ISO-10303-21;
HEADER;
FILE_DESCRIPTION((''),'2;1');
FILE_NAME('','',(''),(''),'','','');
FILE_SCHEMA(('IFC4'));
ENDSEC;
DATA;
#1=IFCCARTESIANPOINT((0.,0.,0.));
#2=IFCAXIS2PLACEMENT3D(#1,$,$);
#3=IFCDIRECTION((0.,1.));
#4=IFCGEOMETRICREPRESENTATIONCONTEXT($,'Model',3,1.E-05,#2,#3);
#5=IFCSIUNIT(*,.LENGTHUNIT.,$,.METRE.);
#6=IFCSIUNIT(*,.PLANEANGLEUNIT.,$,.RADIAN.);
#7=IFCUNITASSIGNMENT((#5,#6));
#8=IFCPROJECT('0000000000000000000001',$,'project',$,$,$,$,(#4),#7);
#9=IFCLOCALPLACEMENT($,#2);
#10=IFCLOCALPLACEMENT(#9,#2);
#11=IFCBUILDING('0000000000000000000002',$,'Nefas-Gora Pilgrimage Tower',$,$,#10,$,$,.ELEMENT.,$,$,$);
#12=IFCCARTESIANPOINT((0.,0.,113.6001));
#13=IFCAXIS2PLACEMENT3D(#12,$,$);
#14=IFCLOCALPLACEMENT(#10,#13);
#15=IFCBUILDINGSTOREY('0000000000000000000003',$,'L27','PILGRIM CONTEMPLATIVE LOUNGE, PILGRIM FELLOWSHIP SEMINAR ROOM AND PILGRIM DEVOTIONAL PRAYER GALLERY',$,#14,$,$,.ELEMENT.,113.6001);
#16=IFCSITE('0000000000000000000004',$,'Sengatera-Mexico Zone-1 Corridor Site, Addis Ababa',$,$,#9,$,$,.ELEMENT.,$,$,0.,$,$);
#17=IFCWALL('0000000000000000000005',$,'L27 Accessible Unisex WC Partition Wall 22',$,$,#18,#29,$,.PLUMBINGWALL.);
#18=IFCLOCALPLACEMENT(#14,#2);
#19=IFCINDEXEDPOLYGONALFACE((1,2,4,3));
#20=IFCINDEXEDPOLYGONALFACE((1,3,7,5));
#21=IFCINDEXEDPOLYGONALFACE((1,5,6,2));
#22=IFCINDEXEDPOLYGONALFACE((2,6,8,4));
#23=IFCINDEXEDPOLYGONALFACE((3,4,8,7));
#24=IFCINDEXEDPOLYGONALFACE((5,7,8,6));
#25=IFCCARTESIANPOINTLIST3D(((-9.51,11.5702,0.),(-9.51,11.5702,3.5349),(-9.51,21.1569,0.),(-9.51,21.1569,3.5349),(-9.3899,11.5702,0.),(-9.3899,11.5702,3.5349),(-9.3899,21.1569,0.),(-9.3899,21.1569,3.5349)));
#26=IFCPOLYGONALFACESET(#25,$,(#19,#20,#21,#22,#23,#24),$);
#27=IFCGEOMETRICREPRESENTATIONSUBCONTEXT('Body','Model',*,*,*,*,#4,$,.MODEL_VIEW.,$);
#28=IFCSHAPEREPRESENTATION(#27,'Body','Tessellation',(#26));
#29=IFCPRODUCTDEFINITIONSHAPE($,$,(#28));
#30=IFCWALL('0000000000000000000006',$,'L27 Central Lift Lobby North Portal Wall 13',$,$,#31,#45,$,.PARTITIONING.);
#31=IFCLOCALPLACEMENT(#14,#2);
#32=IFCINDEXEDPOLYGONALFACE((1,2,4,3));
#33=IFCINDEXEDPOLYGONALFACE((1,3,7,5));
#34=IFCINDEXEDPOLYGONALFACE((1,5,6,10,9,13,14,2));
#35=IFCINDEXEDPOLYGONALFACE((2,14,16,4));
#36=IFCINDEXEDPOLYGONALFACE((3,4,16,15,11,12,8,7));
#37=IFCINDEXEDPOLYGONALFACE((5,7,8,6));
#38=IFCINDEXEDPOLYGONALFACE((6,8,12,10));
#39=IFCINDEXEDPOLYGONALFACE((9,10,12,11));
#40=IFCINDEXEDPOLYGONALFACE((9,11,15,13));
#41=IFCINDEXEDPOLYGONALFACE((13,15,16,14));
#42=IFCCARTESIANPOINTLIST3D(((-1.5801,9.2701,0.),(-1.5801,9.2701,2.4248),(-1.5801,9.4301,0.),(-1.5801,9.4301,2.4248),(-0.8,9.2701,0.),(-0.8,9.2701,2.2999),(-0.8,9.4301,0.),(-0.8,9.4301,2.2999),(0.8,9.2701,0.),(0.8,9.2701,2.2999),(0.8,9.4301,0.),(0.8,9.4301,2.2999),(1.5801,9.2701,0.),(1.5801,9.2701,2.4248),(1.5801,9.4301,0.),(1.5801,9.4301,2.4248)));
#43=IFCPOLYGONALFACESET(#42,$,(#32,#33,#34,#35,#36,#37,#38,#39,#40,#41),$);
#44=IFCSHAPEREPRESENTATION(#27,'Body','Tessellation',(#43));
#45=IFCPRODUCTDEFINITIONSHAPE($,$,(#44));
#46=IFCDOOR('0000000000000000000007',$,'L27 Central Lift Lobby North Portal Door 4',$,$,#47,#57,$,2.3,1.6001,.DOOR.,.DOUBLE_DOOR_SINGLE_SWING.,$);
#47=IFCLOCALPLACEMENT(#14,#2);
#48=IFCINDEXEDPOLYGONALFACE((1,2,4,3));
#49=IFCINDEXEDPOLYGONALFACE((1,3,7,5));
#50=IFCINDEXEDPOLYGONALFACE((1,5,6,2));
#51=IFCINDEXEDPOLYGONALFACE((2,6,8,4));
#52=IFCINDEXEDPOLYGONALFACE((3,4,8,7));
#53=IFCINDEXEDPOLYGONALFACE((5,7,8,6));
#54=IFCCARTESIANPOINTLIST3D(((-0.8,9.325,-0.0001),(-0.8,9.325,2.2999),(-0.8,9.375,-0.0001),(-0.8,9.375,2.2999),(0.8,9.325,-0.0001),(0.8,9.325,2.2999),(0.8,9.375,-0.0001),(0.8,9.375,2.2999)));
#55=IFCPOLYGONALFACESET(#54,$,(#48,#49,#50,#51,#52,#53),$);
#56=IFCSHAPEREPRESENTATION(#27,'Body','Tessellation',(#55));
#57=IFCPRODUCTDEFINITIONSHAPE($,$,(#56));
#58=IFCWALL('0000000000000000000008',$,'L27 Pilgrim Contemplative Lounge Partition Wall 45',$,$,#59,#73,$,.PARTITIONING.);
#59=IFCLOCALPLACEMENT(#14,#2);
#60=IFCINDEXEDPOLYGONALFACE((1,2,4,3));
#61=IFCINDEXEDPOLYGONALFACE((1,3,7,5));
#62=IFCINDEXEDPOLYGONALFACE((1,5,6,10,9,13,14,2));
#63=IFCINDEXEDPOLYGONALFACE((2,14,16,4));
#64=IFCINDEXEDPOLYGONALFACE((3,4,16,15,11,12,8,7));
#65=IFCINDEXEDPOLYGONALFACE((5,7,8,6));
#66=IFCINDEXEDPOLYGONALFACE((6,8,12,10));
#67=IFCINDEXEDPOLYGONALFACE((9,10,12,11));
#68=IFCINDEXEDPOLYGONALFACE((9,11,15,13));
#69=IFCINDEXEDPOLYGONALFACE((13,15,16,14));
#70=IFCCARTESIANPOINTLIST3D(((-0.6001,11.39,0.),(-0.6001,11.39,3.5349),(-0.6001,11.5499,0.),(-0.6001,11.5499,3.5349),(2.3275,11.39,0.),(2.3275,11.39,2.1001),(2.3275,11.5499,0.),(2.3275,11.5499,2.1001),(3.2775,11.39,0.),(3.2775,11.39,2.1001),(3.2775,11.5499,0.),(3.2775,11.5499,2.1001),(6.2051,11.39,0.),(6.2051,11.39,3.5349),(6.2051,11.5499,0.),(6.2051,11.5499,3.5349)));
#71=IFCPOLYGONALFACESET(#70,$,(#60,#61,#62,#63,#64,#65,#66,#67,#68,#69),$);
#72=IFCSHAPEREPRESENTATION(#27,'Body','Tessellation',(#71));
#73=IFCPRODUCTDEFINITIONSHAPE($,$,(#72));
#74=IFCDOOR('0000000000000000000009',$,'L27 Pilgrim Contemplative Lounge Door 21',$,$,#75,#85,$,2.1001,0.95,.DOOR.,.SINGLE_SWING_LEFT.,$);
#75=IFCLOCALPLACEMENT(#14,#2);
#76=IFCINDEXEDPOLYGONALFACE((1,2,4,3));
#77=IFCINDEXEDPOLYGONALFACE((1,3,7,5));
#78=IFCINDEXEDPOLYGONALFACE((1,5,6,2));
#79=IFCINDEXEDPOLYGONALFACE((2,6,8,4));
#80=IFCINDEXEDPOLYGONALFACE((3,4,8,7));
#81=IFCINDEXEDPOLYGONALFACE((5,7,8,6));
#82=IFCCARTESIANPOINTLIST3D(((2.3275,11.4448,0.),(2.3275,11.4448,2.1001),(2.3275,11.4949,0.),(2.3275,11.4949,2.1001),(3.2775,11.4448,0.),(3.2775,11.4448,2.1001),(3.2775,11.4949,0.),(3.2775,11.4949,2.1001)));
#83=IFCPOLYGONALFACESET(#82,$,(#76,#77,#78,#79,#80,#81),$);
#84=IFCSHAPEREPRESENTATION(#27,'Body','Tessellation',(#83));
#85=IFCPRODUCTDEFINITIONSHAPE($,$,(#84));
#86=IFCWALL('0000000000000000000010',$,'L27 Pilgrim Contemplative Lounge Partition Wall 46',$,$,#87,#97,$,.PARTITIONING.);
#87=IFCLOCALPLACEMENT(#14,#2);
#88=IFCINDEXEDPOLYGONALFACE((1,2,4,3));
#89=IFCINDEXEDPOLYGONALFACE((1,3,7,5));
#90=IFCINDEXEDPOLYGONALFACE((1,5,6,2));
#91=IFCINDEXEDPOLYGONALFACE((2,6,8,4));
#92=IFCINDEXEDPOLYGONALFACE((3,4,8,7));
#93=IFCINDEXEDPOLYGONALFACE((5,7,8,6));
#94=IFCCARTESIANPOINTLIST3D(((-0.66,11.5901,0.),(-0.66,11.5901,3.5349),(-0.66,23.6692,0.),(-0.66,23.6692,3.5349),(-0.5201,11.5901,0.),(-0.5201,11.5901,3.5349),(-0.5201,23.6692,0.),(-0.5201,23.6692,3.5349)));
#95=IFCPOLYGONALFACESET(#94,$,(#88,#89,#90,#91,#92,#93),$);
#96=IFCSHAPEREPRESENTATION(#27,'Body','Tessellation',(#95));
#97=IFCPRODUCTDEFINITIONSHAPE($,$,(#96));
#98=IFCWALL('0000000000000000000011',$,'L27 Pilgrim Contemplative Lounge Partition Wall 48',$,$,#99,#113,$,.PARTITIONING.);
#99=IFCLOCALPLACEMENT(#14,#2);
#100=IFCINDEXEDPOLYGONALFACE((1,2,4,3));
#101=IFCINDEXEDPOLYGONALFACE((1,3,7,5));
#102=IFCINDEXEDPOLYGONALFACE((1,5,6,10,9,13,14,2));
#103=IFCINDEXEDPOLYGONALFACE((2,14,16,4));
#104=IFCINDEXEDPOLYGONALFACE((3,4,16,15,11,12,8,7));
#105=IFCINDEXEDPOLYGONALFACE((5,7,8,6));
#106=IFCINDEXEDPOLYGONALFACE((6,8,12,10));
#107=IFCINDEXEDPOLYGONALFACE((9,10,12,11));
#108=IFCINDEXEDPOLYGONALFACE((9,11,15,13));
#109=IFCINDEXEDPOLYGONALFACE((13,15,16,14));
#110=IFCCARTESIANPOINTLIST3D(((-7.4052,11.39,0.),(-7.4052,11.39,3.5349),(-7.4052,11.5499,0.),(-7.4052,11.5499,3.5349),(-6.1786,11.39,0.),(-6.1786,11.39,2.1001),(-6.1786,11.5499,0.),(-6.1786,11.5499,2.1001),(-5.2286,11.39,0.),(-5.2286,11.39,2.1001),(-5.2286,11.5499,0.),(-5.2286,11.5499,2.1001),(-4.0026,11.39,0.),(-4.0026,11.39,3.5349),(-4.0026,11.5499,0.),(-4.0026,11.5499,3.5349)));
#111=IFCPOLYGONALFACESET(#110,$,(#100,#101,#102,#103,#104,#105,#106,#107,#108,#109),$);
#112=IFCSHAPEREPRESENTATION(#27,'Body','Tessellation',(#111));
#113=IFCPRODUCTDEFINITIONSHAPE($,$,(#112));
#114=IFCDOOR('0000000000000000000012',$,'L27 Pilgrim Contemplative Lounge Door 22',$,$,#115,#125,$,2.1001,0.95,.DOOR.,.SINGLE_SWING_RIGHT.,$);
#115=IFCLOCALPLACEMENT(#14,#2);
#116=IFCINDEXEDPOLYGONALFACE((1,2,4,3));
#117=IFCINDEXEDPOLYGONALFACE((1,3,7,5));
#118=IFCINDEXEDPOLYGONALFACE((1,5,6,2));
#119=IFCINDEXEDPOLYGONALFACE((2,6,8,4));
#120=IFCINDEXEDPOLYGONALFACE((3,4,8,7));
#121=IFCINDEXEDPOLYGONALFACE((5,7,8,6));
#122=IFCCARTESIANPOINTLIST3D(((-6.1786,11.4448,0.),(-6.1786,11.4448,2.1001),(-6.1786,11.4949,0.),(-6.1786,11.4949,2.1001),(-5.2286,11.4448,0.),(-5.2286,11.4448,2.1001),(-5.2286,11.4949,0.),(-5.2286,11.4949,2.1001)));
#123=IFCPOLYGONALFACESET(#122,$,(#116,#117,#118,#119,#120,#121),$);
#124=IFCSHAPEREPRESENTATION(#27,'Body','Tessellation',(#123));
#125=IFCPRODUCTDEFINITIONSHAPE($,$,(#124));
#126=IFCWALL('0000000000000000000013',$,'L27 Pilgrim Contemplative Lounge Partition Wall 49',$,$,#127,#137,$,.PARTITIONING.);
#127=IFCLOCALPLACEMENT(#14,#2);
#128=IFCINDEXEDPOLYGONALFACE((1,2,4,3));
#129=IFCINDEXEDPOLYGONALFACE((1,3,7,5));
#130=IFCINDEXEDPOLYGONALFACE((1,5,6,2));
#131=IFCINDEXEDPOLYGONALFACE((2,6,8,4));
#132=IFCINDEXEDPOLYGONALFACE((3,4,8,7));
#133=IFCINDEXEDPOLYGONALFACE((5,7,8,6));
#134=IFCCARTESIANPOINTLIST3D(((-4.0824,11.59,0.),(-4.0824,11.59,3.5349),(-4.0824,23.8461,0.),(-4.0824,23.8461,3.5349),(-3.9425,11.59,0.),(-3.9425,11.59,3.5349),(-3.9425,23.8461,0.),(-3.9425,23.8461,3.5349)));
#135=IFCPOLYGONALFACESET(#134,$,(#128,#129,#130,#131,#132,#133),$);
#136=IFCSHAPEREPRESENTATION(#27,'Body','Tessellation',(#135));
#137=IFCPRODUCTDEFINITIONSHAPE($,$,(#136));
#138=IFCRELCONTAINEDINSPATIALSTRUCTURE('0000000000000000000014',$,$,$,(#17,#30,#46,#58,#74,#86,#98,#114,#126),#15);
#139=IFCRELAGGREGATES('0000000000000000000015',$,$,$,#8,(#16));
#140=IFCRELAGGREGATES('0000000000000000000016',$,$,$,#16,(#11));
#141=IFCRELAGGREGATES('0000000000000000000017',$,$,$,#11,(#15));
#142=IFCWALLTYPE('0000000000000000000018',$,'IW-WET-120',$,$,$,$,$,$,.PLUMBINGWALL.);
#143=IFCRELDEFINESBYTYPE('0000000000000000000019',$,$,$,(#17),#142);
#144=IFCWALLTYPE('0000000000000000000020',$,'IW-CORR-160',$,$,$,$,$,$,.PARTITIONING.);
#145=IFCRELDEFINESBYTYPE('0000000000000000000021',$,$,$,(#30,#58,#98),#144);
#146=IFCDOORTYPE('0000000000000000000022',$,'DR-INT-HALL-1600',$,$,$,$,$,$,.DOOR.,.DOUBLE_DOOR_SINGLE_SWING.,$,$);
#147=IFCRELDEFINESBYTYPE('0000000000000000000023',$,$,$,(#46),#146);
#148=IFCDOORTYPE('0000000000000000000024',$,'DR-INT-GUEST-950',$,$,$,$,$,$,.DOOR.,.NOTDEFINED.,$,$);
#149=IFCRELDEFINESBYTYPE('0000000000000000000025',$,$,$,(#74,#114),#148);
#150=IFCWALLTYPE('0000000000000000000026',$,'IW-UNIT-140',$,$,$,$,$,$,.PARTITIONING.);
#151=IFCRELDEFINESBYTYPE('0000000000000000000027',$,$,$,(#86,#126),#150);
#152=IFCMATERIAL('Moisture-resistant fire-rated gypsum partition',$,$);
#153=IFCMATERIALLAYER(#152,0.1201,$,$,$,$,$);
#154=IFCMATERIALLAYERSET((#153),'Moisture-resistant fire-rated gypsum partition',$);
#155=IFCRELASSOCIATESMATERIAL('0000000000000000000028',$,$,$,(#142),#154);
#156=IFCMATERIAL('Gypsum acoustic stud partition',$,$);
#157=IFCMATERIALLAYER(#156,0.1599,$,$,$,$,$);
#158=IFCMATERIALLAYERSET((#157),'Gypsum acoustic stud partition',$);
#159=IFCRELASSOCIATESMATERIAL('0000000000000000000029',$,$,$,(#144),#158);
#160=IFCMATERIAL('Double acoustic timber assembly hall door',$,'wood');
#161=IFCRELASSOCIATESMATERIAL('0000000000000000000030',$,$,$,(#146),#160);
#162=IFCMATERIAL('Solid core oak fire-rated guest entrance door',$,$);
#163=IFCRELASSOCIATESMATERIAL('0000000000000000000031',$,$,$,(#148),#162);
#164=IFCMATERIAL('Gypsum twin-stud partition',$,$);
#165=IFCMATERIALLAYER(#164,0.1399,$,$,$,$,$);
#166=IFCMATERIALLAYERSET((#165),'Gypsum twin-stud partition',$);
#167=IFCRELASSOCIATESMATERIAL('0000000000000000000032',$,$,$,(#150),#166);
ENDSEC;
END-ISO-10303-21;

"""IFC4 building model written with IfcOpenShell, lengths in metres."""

from ifc_helpers import new_model, si_unit, direction, frame, frame_2d, origin, place, context, subcontext, project, spatial, rectangle, extrude, source, transform, mapped, material, layer, layer_set, type_object, element, fill, save


model = new_model("IFC4")

# Units and contexts
model_context = context("Model", 3, precision=1e-05, world=origin(), true_north=direction((0.0, 1.0)))
body_context = subcontext(model_context, "Body", "Model", "MODEL_VIEW")
ifc_project = project(units=[si_unit("LENGTHUNIT", "METRE"), si_unit("PLANEANGLEUNIT", "RADIAN")], contexts=[model_context])

# Site, building, storey
site_placement = place(None, origin())
site = spatial("IfcSite", under=ifc_project, at=site_placement, Name="Sengatera-Mexico Zone-1 Corridor Site, Addis Ababa", CompositionType="ELEMENT", RefElevation=0.0)
building_placement = place(site_placement, origin())
building = spatial("IfcBuilding", under=site, at=building_placement, Name="Nefas-Gora Pilgrimage Tower", CompositionType="ELEMENT")
storey_placement = place(building_placement, frame((0.0, 0.0, 113.6001)))
storey = spatial("IfcBuildingStorey", under=building, at=storey_placement, Name="L27", Description="PILGRIM CONTEMPLATIVE LOUNGE, PILGRIM FELLOWSHIP SEMINAR ROOM AND PILGRIM DEVOTIONAL PRAYER GALLERY", CompositionType="ELEMENT", Elevation=113.6001)

# Shared definitions
ifc_material_1 = material(Name="Moisture-resistant fire-rated gypsum partition")
ifc_layer_1 = layer(ifc_material_1, 0.1201)
ifc_layer_set_1 = layer_set([ifc_layer_1], Name="Moisture-resistant fire-rated gypsum partition")
wall_type_1 = type_object("IfcWallType", Name="IW-WET-120", PredefinedType="PLUMBINGWALL", material=ifc_layer_set_1)

# Wall
shared_shape_1 = source(origin(), body_context, "Body", "SweptSolid", [
    extrude(rectangle(XDim=9.5867, YDim=0.1201, at=frame_2d((4.7935, 0.0))), origin(), (0.0, 0.0, 1.0), 3.5349),
])
wall_1_placement = place(storey_placement, frame((-9.45, 11.5701, 0.0), z_axis=(0.0, 0.0, 1.0), x_axis=(0.0, 1.0, 0.0)))
element("IfcWall", 1, at=wall_1_placement, inside=storey, type_object=wall_type_1, Name="L27 Accessible Unisex WC Partition Wall 22", PredefinedType="PLUMBINGWALL", context=body_context, shape_type="MappedRepresentation", body=[
    mapped(shared_shape_1, transform((0.0, 0.0, 0.0), x_axis=(1.0, 0.0, 0.0), y_axis=(0.0, 1.0, 0.0), z_axis=(0.0, 0.0, 1.0), scale=1.0)),
])

# Walls, openings, doors
ifc_material_2 = material(Name="Gypsum acoustic stud partition")
ifc_layer_2 = layer(ifc_material_2, 0.1599)
ifc_layer_set_2 = layer_set([ifc_layer_2], Name="Gypsum acoustic stud partition")
wall_type_2 = type_object("IfcWallType", Name="IW-CORR-160", PredefinedType="PARTITIONING", material=ifc_layer_set_2)
shared_shape_2 = source(origin(), body_context, "Body", "SweptSolid", [
    extrude(rectangle(XDim=3.1602, YDim=0.1599, at=frame_2d((1.5801, 0.0))), origin(), (0.0, 0.0, 1.0), 2.4248),
])
wall_2_placement = place(storey_placement, frame((-1.5801, 9.3501, 0.0), z_axis=(0.0, 0.0, 1.0), x_axis=(1.0, 0.0, 0.0)))
wall_2 = element("IfcWall", 2, at=wall_2_placement, inside=storey, type_object=wall_type_2, Name="L27 Central Lift Lobby North Portal Wall 13", PredefinedType="PARTITIONING", context=body_context, shape_type="MappedRepresentation", body=[
    mapped(shared_shape_2, transform((0.0, 0.0, 0.0), x_axis=(1.0, 0.0, 0.0), y_axis=(0.0, 1.0, 0.0), z_axis=(0.0, 0.0, 1.0), scale=1.0)),
])
opening_1_placement = place(wall_2_placement, frame((0.78, 0.0, 0.0)))
opening_1 = element("IfcOpeningElement", 3, at=opening_1_placement, cuts=wall_2, PredefinedType="OPENING", context=body_context, shape_type="SweptSolid", body=[
    extrude(rectangle(XDim=1.6001, YDim=2.3, at=frame_2d((0.8, 1.1499))), frame((0.0, 0.0898, 0.0), z_axis=(0.0, -1.0, 0.0), x_axis=(1.0, 0.0, 0.0)), (0.0, 0.0, 1.0), 0.1799),
])
ifc_material_3 = material(Name="Double acoustic timber assembly hall door", Category="wood")
door_type_1 = type_object("IfcDoorType", Name="DR-INT-HALL-1600", OperationType="DOUBLE_DOOR_SINGLE_SWING", PredefinedType="DOOR", material=ifc_material_3)
shared_shape_3 = source(origin(), body_context, "Body", "SweptSolid", [
    extrude(rectangle(XDim=1.6001, YDim=2.3, at=frame_2d((0.8, 1.1499))), frame((0.0, 0.0249, 0.0), z_axis=(0.0, -1.0, 0.0), x_axis=(1.0, 0.0, 0.0)), (0.0, 0.0, 1.0), 0.05),
])
door_1_placement = place(opening_1_placement, origin())
door_1 = element("IfcDoor", 4, at=door_1_placement, inside=storey, type_object=door_type_1, Name="L27 Central Lift Lobby North Portal Door 4", OperationType="DOUBLE_DOOR_SINGLE_SWING", OverallHeight=2.3, OverallWidth=1.6001, PredefinedType="DOOR", context=body_context, shape_type="MappedRepresentation", body=[
    mapped(shared_shape_3, transform((0.0, 0.0, 0.0), x_axis=(1.0, 0.0, 0.0), y_axis=(0.0, 1.0, 0.0), z_axis=(0.0, 0.0, 1.0), scale=1.0)),
])
fill(opening_1, door_1)
shared_shape_4 = source(origin(), body_context, "Body", "SweptSolid", [
    extrude(rectangle(XDim=6.8052, YDim=0.1599, at=frame_2d((3.4026, 0.0))), origin(), (0.0, 0.0, 1.0), 3.5349),
])
wall_3_placement = place(storey_placement, frame((-0.6001, 11.47, 0.0), z_axis=(0.0, 0.0, 1.0), x_axis=(1.0, 0.0, 0.0)))
wall_3 = element("IfcWall", 5, at=wall_3_placement, inside=storey, type_object=wall_type_2, Name="L27 Pilgrim Contemplative Lounge Partition Wall 45", PredefinedType="PARTITIONING", context=body_context, shape_type="MappedRepresentation", body=[
    mapped(shared_shape_4, transform((0.0, 0.0, 0.0), x_axis=(1.0, 0.0, 0.0), y_axis=(0.0, 1.0, 0.0), z_axis=(0.0, 0.0, 1.0), scale=1.0)),
])
opening_2_placement = place(wall_3_placement, frame((2.9275, 0.0, 0.0)))
opening_2 = element("IfcOpeningElement", 6, at=opening_2_placement, cuts=wall_3, PredefinedType="OPENING", context=body_context, shape_type="SweptSolid", body=[
    extrude(rectangle(XDim=0.95, YDim=2.1001, at=frame_2d((0.4751, 1.05))), frame((0.0, 0.0898, 0.0), z_axis=(0.0, -1.0, 0.0), x_axis=(1.0, 0.0, 0.0)), (0.0, 0.0, 1.0), 0.1799),
])
ifc_material_4 = material(Name="Solid core oak fire-rated guest entrance door")
door_type_2 = type_object("IfcDoorType", Name="DR-INT-GUEST-950", OperationType="NOTDEFINED", PredefinedType="DOOR", material=ifc_material_4)
shared_shape_5 = source(origin(), body_context, "Body", "SweptSolid", [
    extrude(rectangle(XDim=0.95, YDim=2.1001, at=frame_2d((0.4751, 1.05))), frame((0.0, 0.0249, 0.0), z_axis=(0.0, -1.0, 0.0), x_axis=(1.0, 0.0, 0.0)), (0.0, 0.0, 1.0), 0.05),
])
door_2_placement = place(opening_2_placement, origin())
door_2 = element("IfcDoor", 7, at=door_2_placement, inside=storey, type_object=door_type_2, Name="L27 Pilgrim Contemplative Lounge Door 21", OperationType="SINGLE_SWING_LEFT", OverallHeight=2.1001, OverallWidth=0.95, PredefinedType="DOOR", context=body_context, shape_type="MappedRepresentation", body=[
    mapped(shared_shape_5, transform((0.0, 0.0, 0.0), x_axis=(1.0, 0.0, 0.0), y_axis=(0.0, 1.0, 0.0), z_axis=(0.0, 0.0, 1.0), scale=1.0)),
])
fill(opening_2, door_2)

# Wall
ifc_material_5 = material(Name="Gypsum twin-stud partition")
ifc_layer_3 = layer(ifc_material_5, 0.1399)
ifc_layer_set_3 = layer_set([ifc_layer_3], Name="Gypsum twin-stud partition")
wall_type_3 = type_object("IfcWallType", Name="IW-UNIT-140", PredefinedType="PARTITIONING", material=ifc_layer_set_3)
shared_shape_6 = source(origin(), body_context, "Body", "SweptSolid", [
    extrude(rectangle(XDim=12.0791, YDim=0.1399, at=frame_2d((6.0396, 0.0))), origin(), (0.0, 0.0, 1.0), 3.5349),
])
wall_4_placement = place(storey_placement, frame((-0.5901, 11.5901, 0.0), z_axis=(0.0, 0.0, 1.0), x_axis=(0.0, 1.0, 0.0)))
element("IfcWall", 8, at=wall_4_placement, inside=storey, type_object=wall_type_3, Name="L27 Pilgrim Contemplative Lounge Partition Wall 46", PredefinedType="PARTITIONING", context=body_context, shape_type="MappedRepresentation", body=[
    mapped(shared_shape_6, transform((0.0, 0.0, 0.0), x_axis=(1.0, 0.0, 0.0), y_axis=(0.0, 1.0, 0.0), z_axis=(0.0, 0.0, 1.0), scale=1.0)),
])

# Wall, opening, door
shared_shape_7 = source(origin(), body_context, "Body", "SweptSolid", [
    extrude(rectangle(XDim=3.4026, YDim=0.1599, at=frame_2d((1.7012, 0.0))), origin(), (0.0, 0.0, 1.0), 3.5349),
])
wall_5_placement = place(storey_placement, frame((-7.405, 11.47, 0.0), z_axis=(0.0, 0.0, 1.0), x_axis=(1.0, 0.0, 0.0)))
wall_5 = element("IfcWall", 9, at=wall_5_placement, inside=storey, type_object=wall_type_2, Name="L27 Pilgrim Contemplative Lounge Partition Wall 48", PredefinedType="PARTITIONING", context=body_context, shape_type="MappedRepresentation", body=[
    mapped(shared_shape_7, transform((0.0, 0.0, 0.0), x_axis=(1.0, 0.0, 0.0), y_axis=(0.0, 1.0, 0.0), z_axis=(0.0, 0.0, 1.0), scale=1.0)),
])
opening_3_placement = place(wall_5_placement, frame((1.2263, 0.0, 0.0)))
opening_3 = element("IfcOpeningElement", 10, at=opening_3_placement, cuts=wall_5, PredefinedType="OPENING", context=body_context, shape_type="SweptSolid", body=[
    extrude(rectangle(XDim=0.95, YDim=2.1001, at=frame_2d((0.4751, 1.05))), frame((0.0, 0.0898, 0.0), z_axis=(0.0, -1.0, 0.0), x_axis=(1.0, 0.0, 0.0)), (0.0, 0.0, 1.0), 0.1799),
])
door_3_placement = place(opening_3_placement, origin())
door_3 = element("IfcDoor", 11, at=door_3_placement, inside=storey, type_object=door_type_2, Name="L27 Pilgrim Contemplative Lounge Door 22", OperationType="SINGLE_SWING_RIGHT", OverallHeight=2.1001, OverallWidth=0.95, PredefinedType="DOOR", context=body_context, shape_type="MappedRepresentation", body=[
    mapped(shared_shape_5, transform((0.0, 0.0, 0.0), x_axis=(1.0, 0.0, 0.0), y_axis=(0.0, 1.0, 0.0), z_axis=(0.0, 0.0, 1.0), scale=1.0)),
])
fill(opening_3, door_3)

# Wall
shared_shape_8 = source(origin(), body_context, "Body", "SweptSolid", [
    extrude(rectangle(XDim=12.2561, YDim=0.1399, at=frame_2d((6.1279, 0.0))), origin(), (0.0, 0.0, 1.0), 3.5349),
])
wall_6_placement = place(storey_placement, frame((-4.0125, 11.5901, 0.0), z_axis=(0.0, 0.0, 1.0), x_axis=(0.0, 1.0, 0.0)))
element("IfcWall", 12, at=wall_6_placement, inside=storey, type_object=wall_type_3, Name="L27 Pilgrim Contemplative Lounge Partition Wall 49", PredefinedType="PARTITIONING", context=body_context, shape_type="MappedRepresentation", body=[
    mapped(shared_shape_8, transform((0.0, 0.0, 0.0), x_axis=(1.0, 0.0, 0.0), y_axis=(0.0, 1.0, 0.0), z_axis=(0.0, 0.0, 1.0), scale=1.0)),
])

save(model, "model.ifc")
